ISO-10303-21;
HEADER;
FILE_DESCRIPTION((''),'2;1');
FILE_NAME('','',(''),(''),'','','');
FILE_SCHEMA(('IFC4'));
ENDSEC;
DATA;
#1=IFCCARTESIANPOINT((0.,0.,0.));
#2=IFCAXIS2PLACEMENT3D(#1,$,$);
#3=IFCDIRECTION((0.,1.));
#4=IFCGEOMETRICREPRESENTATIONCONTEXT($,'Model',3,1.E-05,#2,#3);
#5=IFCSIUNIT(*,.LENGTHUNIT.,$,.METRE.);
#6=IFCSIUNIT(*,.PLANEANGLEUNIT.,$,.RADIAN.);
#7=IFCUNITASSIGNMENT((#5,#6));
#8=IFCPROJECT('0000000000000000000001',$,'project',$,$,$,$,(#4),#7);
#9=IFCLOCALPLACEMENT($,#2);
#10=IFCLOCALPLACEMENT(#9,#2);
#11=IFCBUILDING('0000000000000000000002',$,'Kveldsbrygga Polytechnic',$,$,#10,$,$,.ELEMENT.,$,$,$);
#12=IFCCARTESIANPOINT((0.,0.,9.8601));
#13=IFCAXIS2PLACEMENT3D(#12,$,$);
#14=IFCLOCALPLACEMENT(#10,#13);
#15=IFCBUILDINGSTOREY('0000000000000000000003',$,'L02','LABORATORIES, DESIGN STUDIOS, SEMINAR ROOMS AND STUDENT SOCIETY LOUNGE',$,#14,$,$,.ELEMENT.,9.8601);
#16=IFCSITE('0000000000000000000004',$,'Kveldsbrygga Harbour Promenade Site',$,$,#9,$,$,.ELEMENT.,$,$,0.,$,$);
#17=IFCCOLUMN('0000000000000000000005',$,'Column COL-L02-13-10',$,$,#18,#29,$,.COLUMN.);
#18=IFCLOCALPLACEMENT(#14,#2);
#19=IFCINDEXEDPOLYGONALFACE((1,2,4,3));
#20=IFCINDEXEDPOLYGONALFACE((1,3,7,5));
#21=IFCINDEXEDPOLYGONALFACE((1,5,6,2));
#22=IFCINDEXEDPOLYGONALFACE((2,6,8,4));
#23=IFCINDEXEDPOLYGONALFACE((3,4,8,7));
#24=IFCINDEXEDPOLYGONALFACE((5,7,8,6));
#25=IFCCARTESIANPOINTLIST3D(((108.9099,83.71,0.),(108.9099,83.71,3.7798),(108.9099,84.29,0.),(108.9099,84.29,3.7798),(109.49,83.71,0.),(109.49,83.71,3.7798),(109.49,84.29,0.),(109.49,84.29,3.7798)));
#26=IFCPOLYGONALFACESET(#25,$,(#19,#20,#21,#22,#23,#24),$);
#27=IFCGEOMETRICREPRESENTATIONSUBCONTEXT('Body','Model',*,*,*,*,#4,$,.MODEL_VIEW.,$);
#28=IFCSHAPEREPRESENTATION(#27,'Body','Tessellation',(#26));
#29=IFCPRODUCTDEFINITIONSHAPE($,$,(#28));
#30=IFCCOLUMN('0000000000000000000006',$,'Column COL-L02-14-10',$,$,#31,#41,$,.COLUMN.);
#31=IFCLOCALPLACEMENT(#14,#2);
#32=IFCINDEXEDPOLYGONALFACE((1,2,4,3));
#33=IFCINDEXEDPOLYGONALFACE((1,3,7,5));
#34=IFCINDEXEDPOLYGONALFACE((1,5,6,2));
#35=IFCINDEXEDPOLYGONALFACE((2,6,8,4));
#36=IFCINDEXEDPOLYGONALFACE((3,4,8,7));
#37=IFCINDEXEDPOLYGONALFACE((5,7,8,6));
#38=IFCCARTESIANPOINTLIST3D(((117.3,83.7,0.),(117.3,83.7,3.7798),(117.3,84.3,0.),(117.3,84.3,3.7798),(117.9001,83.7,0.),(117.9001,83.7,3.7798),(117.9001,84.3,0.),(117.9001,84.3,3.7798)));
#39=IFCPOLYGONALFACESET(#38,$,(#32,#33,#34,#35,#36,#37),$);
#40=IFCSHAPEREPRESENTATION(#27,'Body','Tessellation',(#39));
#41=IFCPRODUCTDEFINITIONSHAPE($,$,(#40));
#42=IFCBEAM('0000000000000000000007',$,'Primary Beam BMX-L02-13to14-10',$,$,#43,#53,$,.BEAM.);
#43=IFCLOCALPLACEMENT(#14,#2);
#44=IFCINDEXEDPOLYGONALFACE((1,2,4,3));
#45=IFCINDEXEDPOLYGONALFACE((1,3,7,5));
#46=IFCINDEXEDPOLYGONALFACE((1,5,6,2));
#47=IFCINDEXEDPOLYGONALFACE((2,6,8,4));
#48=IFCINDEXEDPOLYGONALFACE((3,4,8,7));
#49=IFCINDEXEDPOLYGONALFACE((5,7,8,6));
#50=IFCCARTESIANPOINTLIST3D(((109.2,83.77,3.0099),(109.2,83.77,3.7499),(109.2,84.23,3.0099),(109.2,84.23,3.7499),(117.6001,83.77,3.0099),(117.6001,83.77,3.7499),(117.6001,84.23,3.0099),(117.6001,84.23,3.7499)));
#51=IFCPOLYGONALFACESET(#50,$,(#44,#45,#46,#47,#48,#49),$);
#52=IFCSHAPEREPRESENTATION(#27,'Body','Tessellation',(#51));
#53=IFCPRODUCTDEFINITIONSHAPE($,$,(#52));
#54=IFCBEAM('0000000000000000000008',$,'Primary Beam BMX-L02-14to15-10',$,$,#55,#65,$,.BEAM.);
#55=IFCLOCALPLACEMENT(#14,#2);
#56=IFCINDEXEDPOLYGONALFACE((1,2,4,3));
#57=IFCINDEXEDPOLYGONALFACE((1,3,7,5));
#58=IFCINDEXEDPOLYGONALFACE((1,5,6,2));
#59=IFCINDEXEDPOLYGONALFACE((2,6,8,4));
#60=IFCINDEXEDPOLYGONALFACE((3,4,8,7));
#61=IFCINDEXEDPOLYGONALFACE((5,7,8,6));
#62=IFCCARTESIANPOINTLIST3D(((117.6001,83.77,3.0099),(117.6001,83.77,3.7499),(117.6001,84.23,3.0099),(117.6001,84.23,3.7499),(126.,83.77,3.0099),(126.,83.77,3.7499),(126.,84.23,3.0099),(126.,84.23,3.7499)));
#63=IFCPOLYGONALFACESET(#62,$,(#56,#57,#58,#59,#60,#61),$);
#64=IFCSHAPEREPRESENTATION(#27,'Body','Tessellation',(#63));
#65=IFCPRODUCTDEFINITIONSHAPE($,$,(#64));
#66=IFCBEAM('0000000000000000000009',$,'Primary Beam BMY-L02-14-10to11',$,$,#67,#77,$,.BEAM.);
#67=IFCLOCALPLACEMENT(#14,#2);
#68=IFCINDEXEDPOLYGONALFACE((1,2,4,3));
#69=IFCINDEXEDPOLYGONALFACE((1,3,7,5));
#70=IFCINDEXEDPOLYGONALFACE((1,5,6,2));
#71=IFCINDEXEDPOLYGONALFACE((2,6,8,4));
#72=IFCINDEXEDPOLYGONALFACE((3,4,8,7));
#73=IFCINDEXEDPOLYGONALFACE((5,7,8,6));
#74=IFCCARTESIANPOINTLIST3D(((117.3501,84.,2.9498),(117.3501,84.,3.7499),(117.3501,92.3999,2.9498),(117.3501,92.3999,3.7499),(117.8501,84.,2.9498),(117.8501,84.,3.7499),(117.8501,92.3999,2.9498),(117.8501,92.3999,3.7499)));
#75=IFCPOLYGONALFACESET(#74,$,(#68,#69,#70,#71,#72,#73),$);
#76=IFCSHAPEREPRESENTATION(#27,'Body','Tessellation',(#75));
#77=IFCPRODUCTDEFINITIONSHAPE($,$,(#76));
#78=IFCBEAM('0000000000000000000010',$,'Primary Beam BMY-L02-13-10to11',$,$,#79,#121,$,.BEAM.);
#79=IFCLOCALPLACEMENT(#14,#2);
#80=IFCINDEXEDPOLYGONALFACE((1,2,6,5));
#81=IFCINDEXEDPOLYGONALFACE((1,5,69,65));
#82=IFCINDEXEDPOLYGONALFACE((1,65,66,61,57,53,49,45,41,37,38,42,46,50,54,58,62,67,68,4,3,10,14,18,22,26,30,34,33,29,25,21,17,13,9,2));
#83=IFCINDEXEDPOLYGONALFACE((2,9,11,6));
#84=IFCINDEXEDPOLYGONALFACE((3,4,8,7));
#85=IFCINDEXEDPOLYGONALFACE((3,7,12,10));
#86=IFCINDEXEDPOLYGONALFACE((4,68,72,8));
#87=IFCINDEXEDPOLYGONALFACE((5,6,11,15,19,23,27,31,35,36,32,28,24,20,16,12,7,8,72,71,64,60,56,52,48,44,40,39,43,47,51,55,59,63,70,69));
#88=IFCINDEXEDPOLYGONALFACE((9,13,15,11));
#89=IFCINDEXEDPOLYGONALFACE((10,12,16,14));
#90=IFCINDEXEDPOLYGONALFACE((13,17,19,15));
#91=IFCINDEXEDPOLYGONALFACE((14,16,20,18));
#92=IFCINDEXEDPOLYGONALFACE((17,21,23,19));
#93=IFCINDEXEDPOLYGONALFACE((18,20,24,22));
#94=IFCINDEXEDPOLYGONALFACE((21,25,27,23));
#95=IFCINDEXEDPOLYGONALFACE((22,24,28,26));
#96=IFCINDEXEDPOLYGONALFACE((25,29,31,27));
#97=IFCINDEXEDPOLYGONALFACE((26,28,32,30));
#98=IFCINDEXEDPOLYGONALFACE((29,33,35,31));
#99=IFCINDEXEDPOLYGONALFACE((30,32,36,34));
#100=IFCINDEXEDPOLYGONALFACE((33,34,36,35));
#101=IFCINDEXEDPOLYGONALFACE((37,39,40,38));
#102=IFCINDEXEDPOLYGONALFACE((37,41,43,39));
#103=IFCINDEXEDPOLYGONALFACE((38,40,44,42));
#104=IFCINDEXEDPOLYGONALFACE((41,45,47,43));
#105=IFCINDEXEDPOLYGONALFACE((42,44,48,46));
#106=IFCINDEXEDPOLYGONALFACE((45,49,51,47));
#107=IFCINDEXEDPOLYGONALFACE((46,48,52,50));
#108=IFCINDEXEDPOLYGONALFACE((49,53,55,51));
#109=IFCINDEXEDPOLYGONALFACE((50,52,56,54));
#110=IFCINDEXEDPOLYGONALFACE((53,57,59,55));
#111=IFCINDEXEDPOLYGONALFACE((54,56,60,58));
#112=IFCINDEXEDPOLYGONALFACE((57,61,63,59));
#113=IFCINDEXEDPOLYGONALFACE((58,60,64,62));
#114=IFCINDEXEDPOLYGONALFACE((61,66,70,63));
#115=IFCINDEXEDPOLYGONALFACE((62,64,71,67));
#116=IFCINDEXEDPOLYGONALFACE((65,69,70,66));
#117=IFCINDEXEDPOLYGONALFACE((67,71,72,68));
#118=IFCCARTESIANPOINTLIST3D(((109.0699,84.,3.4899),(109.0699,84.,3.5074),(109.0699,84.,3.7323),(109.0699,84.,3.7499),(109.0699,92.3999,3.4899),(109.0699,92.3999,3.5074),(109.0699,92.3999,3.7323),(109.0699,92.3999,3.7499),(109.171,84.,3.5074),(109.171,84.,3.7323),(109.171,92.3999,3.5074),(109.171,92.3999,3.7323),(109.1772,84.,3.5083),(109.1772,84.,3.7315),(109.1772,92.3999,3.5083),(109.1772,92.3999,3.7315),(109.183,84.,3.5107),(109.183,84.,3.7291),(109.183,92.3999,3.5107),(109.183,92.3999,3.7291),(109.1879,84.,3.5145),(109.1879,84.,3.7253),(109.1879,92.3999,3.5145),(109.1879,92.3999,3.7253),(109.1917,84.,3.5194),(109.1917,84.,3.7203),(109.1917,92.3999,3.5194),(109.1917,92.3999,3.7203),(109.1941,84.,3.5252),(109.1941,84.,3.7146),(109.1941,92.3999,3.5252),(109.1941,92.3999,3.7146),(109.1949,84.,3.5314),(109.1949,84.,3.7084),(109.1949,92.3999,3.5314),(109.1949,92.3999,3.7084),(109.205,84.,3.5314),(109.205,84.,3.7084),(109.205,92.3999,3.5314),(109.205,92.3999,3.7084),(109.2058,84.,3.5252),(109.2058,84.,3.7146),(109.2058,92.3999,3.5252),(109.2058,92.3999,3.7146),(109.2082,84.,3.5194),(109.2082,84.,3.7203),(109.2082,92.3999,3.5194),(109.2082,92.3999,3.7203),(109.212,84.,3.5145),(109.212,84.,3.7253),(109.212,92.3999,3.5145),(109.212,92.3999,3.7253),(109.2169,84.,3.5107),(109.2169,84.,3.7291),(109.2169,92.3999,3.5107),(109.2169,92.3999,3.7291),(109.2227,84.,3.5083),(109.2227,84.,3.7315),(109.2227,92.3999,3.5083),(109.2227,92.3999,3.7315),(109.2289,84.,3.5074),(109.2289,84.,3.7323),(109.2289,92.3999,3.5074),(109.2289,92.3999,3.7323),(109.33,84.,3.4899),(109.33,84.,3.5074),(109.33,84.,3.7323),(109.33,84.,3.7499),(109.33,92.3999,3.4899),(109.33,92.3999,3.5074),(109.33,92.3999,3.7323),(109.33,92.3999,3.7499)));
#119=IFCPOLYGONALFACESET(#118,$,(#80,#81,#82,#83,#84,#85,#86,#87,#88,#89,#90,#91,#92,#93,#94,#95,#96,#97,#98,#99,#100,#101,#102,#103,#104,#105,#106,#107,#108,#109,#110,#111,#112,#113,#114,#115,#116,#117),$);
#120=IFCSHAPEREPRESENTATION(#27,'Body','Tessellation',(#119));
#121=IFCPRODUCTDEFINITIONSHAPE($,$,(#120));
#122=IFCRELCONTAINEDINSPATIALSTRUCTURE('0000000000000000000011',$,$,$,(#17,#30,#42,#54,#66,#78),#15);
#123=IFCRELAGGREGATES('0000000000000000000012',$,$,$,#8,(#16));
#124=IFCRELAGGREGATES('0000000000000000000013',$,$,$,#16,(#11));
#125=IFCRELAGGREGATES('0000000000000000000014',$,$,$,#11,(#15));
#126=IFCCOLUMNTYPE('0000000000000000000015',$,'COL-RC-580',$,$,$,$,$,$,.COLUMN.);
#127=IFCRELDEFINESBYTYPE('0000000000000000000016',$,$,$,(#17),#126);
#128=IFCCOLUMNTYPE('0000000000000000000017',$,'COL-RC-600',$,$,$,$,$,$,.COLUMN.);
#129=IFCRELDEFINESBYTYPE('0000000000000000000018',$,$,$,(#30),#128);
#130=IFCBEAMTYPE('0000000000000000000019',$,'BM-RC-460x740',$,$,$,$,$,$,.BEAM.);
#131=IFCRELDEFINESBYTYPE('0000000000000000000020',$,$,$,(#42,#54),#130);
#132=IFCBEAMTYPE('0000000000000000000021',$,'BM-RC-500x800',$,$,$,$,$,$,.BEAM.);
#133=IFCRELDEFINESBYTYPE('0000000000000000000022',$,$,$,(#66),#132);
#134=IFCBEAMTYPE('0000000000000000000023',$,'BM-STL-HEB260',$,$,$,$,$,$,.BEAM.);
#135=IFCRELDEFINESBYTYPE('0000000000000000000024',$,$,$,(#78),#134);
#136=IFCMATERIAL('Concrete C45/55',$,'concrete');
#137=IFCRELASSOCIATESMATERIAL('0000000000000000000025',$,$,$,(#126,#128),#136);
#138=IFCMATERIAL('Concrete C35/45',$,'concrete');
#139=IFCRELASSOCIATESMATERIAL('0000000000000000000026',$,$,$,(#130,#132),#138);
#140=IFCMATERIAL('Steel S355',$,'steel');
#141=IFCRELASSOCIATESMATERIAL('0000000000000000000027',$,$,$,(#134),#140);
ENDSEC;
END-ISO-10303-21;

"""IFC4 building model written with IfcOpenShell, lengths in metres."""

from ifc_helpers import new_model, si_unit, direction, frame, origin, origin_2d, place, context, subcontext, project, spatial, rectangle, i_section, extrude, material, material_profile, profile_set, type_object, element, save


model = new_model("IFC4")

# Units and contexts
model_context = context("Model", 3, precision=1e-05, world=origin(), true_north=direction((0.0, 1.0)))
body_context = subcontext(model_context, "Body", "Model", "MODEL_VIEW")
ifc_project = project(units=[si_unit("LENGTHUNIT", "METRE"), si_unit("PLANEANGLEUNIT", "RADIAN")], contexts=[model_context])

# Site, building, storey
site_placement = place(None, origin())
site = spatial("IfcSite", under=ifc_project, at=site_placement, Name="Kveldsbrygga Harbour Promenade Site", CompositionType="ELEMENT", RefElevation=0.0)
building_placement = place(site_placement, origin())
building = spatial("IfcBuilding", under=site, at=building_placement, Name="Kveldsbrygga Polytechnic", CompositionType="ELEMENT")
storey_placement = place(building_placement, frame((0.0, 0.0, 9.8601)))
storey = spatial("IfcBuildingStorey", under=building, at=storey_placement, Name="L02", Description="LABORATORIES, DESIGN STUDIOS, SEMINAR ROOMS AND STUDENT SOCIETY LOUNGE", CompositionType="ELEMENT", Elevation=9.8601)

# Columns
ifc_material_1 = material(Name="Concrete C45/55", Category="concrete")
ifc_material_profile_1 = material_profile(ifc_material_1, rectangle(XDim=0.5801, YDim=0.5801, at=origin_2d()), Name="RC 580x580")
ifc_profile_set_1 = profile_set([ifc_material_profile_1], Name="Concrete C45/55")
column_type_1 = type_object("IfcColumnType", Name="COL-RC-580", PredefinedType="COLUMN", material=ifc_profile_set_1)
column_1_placement = place(storey_placement, frame((109.2, 84.0, 0.0), z_axis=(0.0, 0.0, 1.0), x_axis=(1.0, 0.0, 0.0)))
element("IfcColumn", 1, at=column_1_placement, inside=storey, type_object=column_type_1, Name="Column COL-L02-13-10", PredefinedType="COLUMN", context=body_context, shape_type="SweptSolid", body=[
    extrude(rectangle(XDim=0.5801, YDim=0.5801, at=origin_2d()), origin(), (0.0, 0.0, 1.0), 3.7798),
])
ifc_material_profile_2 = material_profile(ifc_material_1, rectangle(XDim=0.6001, YDim=0.6001, at=origin_2d()), Name="RC 600x600")
ifc_profile_set_2 = profile_set([ifc_material_profile_2], Name="Concrete C45/55")
column_type_2 = type_object("IfcColumnType", Name="COL-RC-600", PredefinedType="COLUMN", material=ifc_profile_set_2)
column_2_placement = place(storey_placement, frame((117.6001, 84.0, 0.0), z_axis=(0.0, 0.0, 1.0), x_axis=(1.0, 0.0, 0.0)))
element("IfcColumn", 2, at=column_2_placement, inside=storey, type_object=column_type_2, Name="Column COL-L02-14-10", PredefinedType="COLUMN", context=body_context, shape_type="SweptSolid", body=[
    extrude(rectangle(XDim=0.6001, YDim=0.6001, at=origin_2d()), origin(), (0.0, 0.0, 1.0), 3.7798),
])

# Beams
ifc_material_2 = material(Name="Concrete C35/45", Category="concrete")
ifc_material_profile_3 = material_profile(ifc_material_2, rectangle(XDim=0.46, YDim=0.74, at=origin_2d()), Name="RC 460x740")
ifc_profile_set_3 = profile_set([ifc_material_profile_3], Name="Concrete C35/45")
beam_type_1 = type_object("IfcBeamType", Name="BM-RC-460x740", PredefinedType="BEAM", material=ifc_profile_set_3)
beam_1_placement = place(storey_placement, frame((109.2, 84.0, 3.3799), z_axis=(1.0, 0.0, 0.0), x_axis=(0.0, 1.0, 0.0)))
element("IfcBeam", 3, at=beam_1_placement, inside=storey, type_object=beam_type_1, Name="Primary Beam BMX-L02-13to14-10", PredefinedType="BEAM", context=body_context, shape_type="SweptSolid", body=[
    extrude(rectangle(XDim=0.46, YDim=0.74, at=origin_2d()), origin(), (0.0, 0.0, 1.0), 8.4001),
])
beam_2_placement = place(storey_placement, frame((117.6001, 84.0, 3.3799), z_axis=(1.0, 0.0, 0.0), x_axis=(0.0, 1.0, 0.0)))
element("IfcBeam", 4, at=beam_2_placement, inside=storey, type_object=beam_type_1, Name="Primary Beam BMX-L02-14to15-10", PredefinedType="BEAM", context=body_context, shape_type="SweptSolid", body=[
    extrude(rectangle(XDim=0.46, YDim=0.74, at=origin_2d()), origin(), (0.0, 0.0, 1.0), 8.3999),
])
ifc_material_profile_4 = material_profile(ifc_material_2, rectangle(XDim=0.5, YDim=0.8, at=origin_2d()), Name="RC 500x800")
ifc_profile_set_4 = profile_set([ifc_material_profile_4], Name="Concrete C35/45")
beam_type_2 = type_object("IfcBeamType", Name="BM-RC-500x800", PredefinedType="BEAM", material=ifc_profile_set_4)
beam_3_placement = place(storey_placement, frame((117.6001, 84.0, 3.3499), z_axis=(0.0, 1.0, 0.0), x_axis=(-1.0, 0.0, 0.0)))
element("IfcBeam", 5, at=beam_3_placement, inside=storey, type_object=beam_type_2, Name="Primary Beam BMY-L02-14-10to11", PredefinedType="BEAM", context=body_context, shape_type="SweptSolid", body=[
    extrude(rectangle(XDim=0.5, YDim=0.8, at=origin_2d()), origin(), (0.0, 0.0, 1.0), 8.3999),
])
ifc_material_3 = material(Name="Steel S355", Category="steel")
ifc_material_profile_5 = material_profile(ifc_material_3, i_section(OverallWidth=0.26, OverallDepth=0.26, WebThickness=0.01, FlangeThickness=0.0176, FilletRadius=0.0239, at=origin_2d()), Name="HEB 260")
ifc_profile_set_5 = profile_set([ifc_material_profile_5], Name="Steel S355")
beam_type_3 = type_object("IfcBeamType", Name="BM-STL-HEB260", PredefinedType="BEAM", material=ifc_profile_set_5)
beam_4_placement = place(storey_placement, frame((109.2, 84.0, 3.6199), z_axis=(0.0, 1.0, 0.0), x_axis=(-1.0, 0.0, 0.0)))
element("IfcBeam", 6, at=beam_4_placement, inside=storey, type_object=beam_type_3, Name="Primary Beam BMY-L02-13-10to11", PredefinedType="BEAM", context=body_context, shape_type="SweptSolid", body=[
    extrude(i_section(OverallWidth=0.26, OverallDepth=0.26, WebThickness=0.01, FlangeThickness=0.0176, FilletRadius=0.0239, at=origin_2d()), origin(), (0.0, 0.0, 1.0), 8.3999),
])

save(model, "model.ifc")
